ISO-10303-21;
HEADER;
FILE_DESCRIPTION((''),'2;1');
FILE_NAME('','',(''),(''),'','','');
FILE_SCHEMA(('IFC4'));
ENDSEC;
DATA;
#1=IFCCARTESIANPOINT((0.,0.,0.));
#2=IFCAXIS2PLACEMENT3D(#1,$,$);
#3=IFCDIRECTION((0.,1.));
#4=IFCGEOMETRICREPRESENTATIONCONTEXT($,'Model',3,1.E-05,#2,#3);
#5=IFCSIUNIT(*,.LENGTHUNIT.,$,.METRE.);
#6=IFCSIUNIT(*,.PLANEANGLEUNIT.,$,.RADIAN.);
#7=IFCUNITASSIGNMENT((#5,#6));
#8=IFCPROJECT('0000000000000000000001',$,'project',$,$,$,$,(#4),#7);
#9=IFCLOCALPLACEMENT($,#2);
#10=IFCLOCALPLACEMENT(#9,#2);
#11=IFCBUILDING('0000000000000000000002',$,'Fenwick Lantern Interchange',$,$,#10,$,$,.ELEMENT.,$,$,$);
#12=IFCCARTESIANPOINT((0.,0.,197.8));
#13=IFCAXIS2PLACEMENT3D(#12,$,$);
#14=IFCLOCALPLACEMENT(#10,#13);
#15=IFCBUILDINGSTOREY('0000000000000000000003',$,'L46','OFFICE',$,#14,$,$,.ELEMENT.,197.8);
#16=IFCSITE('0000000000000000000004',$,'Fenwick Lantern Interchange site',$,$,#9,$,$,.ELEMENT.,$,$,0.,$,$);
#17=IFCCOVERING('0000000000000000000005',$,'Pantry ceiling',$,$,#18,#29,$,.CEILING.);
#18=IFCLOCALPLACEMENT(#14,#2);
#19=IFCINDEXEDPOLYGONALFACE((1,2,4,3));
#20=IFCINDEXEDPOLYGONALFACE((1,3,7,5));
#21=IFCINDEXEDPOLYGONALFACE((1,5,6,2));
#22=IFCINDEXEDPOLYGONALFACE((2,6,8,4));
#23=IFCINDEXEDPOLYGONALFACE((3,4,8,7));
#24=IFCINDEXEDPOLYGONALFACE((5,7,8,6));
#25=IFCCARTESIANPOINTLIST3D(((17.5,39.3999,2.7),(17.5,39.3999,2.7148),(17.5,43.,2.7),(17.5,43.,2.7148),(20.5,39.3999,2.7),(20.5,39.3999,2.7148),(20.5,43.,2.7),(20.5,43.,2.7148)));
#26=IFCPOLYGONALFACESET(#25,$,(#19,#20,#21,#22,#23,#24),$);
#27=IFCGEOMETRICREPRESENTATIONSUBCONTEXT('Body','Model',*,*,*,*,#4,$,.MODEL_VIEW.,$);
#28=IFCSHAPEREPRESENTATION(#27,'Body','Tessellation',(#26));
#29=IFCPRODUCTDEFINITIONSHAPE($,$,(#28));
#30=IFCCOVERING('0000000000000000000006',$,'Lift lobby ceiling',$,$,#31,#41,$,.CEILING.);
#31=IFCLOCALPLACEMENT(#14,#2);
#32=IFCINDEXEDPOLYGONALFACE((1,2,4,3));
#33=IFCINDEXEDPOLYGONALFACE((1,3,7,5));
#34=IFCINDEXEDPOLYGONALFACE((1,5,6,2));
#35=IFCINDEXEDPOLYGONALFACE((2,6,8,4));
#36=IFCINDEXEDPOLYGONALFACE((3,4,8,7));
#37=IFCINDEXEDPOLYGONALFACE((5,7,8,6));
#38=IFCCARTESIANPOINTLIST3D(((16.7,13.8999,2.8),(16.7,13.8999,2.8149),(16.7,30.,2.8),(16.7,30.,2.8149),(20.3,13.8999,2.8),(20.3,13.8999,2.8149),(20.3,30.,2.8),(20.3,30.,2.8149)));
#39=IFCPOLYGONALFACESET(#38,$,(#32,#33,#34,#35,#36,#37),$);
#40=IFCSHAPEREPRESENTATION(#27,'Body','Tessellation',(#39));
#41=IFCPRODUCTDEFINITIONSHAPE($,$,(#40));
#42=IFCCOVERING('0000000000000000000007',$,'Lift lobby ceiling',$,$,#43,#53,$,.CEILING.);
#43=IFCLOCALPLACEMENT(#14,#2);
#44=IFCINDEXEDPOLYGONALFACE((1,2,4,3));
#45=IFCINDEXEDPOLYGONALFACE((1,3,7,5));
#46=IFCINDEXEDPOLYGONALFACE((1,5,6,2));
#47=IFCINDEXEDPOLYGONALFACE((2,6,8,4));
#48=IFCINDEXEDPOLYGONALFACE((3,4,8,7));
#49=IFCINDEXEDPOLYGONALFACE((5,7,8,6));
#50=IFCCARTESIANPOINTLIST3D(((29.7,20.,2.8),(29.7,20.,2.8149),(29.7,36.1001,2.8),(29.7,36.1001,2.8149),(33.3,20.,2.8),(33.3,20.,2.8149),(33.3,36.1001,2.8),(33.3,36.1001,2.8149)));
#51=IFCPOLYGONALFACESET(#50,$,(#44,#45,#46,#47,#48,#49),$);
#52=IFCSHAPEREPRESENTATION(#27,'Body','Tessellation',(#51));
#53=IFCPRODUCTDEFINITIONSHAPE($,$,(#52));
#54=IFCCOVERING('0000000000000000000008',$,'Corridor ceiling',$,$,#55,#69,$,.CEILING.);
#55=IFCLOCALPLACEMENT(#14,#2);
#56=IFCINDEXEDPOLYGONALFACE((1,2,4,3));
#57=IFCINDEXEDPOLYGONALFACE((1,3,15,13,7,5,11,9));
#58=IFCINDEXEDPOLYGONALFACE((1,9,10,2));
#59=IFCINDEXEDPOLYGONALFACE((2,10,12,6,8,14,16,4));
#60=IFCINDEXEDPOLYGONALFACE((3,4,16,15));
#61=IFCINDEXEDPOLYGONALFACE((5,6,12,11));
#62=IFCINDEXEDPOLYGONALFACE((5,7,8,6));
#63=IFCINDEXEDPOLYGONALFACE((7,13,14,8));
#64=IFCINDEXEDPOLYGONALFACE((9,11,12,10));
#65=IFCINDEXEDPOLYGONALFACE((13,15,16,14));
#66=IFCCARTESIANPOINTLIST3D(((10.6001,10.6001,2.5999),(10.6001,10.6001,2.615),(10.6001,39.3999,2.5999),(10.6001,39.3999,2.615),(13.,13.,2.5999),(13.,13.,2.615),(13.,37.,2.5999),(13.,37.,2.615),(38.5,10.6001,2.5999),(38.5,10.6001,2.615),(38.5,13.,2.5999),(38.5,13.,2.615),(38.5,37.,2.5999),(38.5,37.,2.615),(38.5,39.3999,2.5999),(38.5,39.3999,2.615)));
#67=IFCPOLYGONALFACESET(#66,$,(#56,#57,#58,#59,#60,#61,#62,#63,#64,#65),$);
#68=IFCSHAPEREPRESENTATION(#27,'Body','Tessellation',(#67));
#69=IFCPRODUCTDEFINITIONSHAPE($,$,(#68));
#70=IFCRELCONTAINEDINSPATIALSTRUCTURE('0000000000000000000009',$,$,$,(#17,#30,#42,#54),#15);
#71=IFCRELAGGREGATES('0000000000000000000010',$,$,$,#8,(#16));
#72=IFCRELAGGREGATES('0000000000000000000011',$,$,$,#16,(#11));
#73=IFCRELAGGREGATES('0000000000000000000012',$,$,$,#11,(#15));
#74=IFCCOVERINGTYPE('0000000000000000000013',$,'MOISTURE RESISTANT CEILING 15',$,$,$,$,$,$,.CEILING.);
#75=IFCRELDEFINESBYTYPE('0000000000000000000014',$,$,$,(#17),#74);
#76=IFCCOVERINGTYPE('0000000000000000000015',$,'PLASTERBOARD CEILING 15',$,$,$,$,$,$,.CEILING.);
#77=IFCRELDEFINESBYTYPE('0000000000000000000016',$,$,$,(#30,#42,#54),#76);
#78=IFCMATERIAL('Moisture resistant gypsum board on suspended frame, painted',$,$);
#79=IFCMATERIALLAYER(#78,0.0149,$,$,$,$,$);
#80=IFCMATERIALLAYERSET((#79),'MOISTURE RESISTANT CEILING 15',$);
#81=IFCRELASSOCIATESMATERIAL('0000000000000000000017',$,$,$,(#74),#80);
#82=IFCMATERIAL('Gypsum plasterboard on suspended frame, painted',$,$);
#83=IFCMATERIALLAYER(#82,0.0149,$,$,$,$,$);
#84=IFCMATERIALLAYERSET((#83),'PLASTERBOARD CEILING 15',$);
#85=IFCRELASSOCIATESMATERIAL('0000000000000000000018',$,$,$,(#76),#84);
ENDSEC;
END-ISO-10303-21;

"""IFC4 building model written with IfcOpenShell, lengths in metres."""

from ifc_helpers import new_model, si_unit, direction, frame, origin, place, context, subcontext, project, spatial, polyline, outline, extrude, material, layer, layer_set, type_object, element, save


model = new_model("IFC4")

# Units and contexts
model_context = context("Model", 3, precision=1e-05, world=origin(), true_north=direction((0.0, 1.0)))
body_context = subcontext(model_context, "Body", "Model", "MODEL_VIEW")
ifc_project = project(units=[si_unit("LENGTHUNIT", "METRE"), si_unit("PLANEANGLEUNIT", "RADIAN")], contexts=[model_context])

# Site, building, storey
site_placement = place(None, origin())
site = spatial("IfcSite", under=ifc_project, at=site_placement, Name="Fenwick Lantern Interchange site", CompositionType="ELEMENT", RefElevation=0.0)
building_placement = place(site_placement, origin())
building = spatial("IfcBuilding", under=site, at=building_placement, Name="Fenwick Lantern Interchange", CompositionType="ELEMENT")
storey_placement = place(building_placement, frame((0.0, 0.0, 197.8)))
storey = spatial("IfcBuildingStorey", under=building, at=storey_placement, Name="L46", Description="OFFICE", CompositionType="ELEMENT", Elevation=197.8)

# Coverings
ifc_material_1 = material(Name="Moisture resistant gypsum board on suspended frame, painted")
ifc_layer_1 = layer(ifc_material_1, 0.0149)
ifc_layer_set_1 = layer_set([ifc_layer_1], Name="MOISTURE RESISTANT CEILING 15")
covering_type_1 = type_object("IfcCoveringType", Name="MOISTURE RESISTANT CEILING 15", PredefinedType="CEILING", material=ifc_layer_set_1)
covering_1_placement = place(storey_placement, frame((0.0, 0.0, 2.7)))
element("IfcCovering", 1, at=covering_1_placement, inside=storey, type_object=covering_type_1, Name="Pantry ceiling", PredefinedType="CEILING", context=body_context, shape_type="SweptSolid", body=[
    extrude(outline(polyline([(20.5, 43.0), (17.5, 43.0), (17.5, 39.3999), (20.5, 39.3999), (20.5, 43.0)])), origin(), (0.0, 0.0, 1.0), 0.0149),
])
ifc_material_2 = material(Name="Gypsum plasterboard on suspended frame, painted")
ifc_layer_2 = layer(ifc_material_2, 0.0149)
ifc_layer_set_2 = layer_set([ifc_layer_2], Name="PLASTERBOARD CEILING 15")
covering_type_2 = type_object("IfcCoveringType", Name="PLASTERBOARD CEILING 15", PredefinedType="CEILING", material=ifc_layer_set_2)
covering_2_placement = place(storey_placement, frame((0.0, 0.0, 2.8)))
element("IfcCovering", 2, at=covering_2_placement, inside=storey, type_object=covering_type_2, Name="Lift lobby ceiling", PredefinedType="CEILING", context=body_context, shape_type="SweptSolid", body=[
    extrude(outline(polyline([(16.7, 13.8999), (20.3, 13.8999), (20.3, 30.0), (16.7, 30.0), (16.7, 13.8999)])), origin(), (0.0, 0.0, 1.0), 0.0149),
])
covering_3_placement = place(storey_placement, frame((0.0, 0.0, 2.8)))
element("IfcCovering", 3, at=covering_3_placement, inside=storey, type_object=covering_type_2, Name="Lift lobby ceiling", PredefinedType="CEILING", context=body_context, shape_type="SweptSolid", body=[
    extrude(outline(polyline([(33.3, 36.1001), (29.7, 36.1001), (29.7, 20.0), (33.3, 20.0), (33.3, 36.1001)])), origin(), (0.0, 0.0, 1.0), 0.0149),
])
covering_4_placement = place(storey_placement, frame((0.0, 0.0, 2.5999)))
element("IfcCovering", 4, at=covering_4_placement, inside=storey, type_object=covering_type_2, Name="Corridor ceiling", PredefinedType="CEILING", context=body_context, shape_type="SweptSolid", body=[
    extrude(outline(polyline([(10.6001, 39.3999), (10.6001, 10.6001), (38.5, 10.6001), (38.5, 13.0), (13.0, 13.0), (13.0, 37.0), (38.5, 37.0), (38.5, 39.3999), (10.6001, 39.3999)])), origin(), (0.0, 0.0, 1.0), 0.0151),
])

save(model, "model.ifc")
